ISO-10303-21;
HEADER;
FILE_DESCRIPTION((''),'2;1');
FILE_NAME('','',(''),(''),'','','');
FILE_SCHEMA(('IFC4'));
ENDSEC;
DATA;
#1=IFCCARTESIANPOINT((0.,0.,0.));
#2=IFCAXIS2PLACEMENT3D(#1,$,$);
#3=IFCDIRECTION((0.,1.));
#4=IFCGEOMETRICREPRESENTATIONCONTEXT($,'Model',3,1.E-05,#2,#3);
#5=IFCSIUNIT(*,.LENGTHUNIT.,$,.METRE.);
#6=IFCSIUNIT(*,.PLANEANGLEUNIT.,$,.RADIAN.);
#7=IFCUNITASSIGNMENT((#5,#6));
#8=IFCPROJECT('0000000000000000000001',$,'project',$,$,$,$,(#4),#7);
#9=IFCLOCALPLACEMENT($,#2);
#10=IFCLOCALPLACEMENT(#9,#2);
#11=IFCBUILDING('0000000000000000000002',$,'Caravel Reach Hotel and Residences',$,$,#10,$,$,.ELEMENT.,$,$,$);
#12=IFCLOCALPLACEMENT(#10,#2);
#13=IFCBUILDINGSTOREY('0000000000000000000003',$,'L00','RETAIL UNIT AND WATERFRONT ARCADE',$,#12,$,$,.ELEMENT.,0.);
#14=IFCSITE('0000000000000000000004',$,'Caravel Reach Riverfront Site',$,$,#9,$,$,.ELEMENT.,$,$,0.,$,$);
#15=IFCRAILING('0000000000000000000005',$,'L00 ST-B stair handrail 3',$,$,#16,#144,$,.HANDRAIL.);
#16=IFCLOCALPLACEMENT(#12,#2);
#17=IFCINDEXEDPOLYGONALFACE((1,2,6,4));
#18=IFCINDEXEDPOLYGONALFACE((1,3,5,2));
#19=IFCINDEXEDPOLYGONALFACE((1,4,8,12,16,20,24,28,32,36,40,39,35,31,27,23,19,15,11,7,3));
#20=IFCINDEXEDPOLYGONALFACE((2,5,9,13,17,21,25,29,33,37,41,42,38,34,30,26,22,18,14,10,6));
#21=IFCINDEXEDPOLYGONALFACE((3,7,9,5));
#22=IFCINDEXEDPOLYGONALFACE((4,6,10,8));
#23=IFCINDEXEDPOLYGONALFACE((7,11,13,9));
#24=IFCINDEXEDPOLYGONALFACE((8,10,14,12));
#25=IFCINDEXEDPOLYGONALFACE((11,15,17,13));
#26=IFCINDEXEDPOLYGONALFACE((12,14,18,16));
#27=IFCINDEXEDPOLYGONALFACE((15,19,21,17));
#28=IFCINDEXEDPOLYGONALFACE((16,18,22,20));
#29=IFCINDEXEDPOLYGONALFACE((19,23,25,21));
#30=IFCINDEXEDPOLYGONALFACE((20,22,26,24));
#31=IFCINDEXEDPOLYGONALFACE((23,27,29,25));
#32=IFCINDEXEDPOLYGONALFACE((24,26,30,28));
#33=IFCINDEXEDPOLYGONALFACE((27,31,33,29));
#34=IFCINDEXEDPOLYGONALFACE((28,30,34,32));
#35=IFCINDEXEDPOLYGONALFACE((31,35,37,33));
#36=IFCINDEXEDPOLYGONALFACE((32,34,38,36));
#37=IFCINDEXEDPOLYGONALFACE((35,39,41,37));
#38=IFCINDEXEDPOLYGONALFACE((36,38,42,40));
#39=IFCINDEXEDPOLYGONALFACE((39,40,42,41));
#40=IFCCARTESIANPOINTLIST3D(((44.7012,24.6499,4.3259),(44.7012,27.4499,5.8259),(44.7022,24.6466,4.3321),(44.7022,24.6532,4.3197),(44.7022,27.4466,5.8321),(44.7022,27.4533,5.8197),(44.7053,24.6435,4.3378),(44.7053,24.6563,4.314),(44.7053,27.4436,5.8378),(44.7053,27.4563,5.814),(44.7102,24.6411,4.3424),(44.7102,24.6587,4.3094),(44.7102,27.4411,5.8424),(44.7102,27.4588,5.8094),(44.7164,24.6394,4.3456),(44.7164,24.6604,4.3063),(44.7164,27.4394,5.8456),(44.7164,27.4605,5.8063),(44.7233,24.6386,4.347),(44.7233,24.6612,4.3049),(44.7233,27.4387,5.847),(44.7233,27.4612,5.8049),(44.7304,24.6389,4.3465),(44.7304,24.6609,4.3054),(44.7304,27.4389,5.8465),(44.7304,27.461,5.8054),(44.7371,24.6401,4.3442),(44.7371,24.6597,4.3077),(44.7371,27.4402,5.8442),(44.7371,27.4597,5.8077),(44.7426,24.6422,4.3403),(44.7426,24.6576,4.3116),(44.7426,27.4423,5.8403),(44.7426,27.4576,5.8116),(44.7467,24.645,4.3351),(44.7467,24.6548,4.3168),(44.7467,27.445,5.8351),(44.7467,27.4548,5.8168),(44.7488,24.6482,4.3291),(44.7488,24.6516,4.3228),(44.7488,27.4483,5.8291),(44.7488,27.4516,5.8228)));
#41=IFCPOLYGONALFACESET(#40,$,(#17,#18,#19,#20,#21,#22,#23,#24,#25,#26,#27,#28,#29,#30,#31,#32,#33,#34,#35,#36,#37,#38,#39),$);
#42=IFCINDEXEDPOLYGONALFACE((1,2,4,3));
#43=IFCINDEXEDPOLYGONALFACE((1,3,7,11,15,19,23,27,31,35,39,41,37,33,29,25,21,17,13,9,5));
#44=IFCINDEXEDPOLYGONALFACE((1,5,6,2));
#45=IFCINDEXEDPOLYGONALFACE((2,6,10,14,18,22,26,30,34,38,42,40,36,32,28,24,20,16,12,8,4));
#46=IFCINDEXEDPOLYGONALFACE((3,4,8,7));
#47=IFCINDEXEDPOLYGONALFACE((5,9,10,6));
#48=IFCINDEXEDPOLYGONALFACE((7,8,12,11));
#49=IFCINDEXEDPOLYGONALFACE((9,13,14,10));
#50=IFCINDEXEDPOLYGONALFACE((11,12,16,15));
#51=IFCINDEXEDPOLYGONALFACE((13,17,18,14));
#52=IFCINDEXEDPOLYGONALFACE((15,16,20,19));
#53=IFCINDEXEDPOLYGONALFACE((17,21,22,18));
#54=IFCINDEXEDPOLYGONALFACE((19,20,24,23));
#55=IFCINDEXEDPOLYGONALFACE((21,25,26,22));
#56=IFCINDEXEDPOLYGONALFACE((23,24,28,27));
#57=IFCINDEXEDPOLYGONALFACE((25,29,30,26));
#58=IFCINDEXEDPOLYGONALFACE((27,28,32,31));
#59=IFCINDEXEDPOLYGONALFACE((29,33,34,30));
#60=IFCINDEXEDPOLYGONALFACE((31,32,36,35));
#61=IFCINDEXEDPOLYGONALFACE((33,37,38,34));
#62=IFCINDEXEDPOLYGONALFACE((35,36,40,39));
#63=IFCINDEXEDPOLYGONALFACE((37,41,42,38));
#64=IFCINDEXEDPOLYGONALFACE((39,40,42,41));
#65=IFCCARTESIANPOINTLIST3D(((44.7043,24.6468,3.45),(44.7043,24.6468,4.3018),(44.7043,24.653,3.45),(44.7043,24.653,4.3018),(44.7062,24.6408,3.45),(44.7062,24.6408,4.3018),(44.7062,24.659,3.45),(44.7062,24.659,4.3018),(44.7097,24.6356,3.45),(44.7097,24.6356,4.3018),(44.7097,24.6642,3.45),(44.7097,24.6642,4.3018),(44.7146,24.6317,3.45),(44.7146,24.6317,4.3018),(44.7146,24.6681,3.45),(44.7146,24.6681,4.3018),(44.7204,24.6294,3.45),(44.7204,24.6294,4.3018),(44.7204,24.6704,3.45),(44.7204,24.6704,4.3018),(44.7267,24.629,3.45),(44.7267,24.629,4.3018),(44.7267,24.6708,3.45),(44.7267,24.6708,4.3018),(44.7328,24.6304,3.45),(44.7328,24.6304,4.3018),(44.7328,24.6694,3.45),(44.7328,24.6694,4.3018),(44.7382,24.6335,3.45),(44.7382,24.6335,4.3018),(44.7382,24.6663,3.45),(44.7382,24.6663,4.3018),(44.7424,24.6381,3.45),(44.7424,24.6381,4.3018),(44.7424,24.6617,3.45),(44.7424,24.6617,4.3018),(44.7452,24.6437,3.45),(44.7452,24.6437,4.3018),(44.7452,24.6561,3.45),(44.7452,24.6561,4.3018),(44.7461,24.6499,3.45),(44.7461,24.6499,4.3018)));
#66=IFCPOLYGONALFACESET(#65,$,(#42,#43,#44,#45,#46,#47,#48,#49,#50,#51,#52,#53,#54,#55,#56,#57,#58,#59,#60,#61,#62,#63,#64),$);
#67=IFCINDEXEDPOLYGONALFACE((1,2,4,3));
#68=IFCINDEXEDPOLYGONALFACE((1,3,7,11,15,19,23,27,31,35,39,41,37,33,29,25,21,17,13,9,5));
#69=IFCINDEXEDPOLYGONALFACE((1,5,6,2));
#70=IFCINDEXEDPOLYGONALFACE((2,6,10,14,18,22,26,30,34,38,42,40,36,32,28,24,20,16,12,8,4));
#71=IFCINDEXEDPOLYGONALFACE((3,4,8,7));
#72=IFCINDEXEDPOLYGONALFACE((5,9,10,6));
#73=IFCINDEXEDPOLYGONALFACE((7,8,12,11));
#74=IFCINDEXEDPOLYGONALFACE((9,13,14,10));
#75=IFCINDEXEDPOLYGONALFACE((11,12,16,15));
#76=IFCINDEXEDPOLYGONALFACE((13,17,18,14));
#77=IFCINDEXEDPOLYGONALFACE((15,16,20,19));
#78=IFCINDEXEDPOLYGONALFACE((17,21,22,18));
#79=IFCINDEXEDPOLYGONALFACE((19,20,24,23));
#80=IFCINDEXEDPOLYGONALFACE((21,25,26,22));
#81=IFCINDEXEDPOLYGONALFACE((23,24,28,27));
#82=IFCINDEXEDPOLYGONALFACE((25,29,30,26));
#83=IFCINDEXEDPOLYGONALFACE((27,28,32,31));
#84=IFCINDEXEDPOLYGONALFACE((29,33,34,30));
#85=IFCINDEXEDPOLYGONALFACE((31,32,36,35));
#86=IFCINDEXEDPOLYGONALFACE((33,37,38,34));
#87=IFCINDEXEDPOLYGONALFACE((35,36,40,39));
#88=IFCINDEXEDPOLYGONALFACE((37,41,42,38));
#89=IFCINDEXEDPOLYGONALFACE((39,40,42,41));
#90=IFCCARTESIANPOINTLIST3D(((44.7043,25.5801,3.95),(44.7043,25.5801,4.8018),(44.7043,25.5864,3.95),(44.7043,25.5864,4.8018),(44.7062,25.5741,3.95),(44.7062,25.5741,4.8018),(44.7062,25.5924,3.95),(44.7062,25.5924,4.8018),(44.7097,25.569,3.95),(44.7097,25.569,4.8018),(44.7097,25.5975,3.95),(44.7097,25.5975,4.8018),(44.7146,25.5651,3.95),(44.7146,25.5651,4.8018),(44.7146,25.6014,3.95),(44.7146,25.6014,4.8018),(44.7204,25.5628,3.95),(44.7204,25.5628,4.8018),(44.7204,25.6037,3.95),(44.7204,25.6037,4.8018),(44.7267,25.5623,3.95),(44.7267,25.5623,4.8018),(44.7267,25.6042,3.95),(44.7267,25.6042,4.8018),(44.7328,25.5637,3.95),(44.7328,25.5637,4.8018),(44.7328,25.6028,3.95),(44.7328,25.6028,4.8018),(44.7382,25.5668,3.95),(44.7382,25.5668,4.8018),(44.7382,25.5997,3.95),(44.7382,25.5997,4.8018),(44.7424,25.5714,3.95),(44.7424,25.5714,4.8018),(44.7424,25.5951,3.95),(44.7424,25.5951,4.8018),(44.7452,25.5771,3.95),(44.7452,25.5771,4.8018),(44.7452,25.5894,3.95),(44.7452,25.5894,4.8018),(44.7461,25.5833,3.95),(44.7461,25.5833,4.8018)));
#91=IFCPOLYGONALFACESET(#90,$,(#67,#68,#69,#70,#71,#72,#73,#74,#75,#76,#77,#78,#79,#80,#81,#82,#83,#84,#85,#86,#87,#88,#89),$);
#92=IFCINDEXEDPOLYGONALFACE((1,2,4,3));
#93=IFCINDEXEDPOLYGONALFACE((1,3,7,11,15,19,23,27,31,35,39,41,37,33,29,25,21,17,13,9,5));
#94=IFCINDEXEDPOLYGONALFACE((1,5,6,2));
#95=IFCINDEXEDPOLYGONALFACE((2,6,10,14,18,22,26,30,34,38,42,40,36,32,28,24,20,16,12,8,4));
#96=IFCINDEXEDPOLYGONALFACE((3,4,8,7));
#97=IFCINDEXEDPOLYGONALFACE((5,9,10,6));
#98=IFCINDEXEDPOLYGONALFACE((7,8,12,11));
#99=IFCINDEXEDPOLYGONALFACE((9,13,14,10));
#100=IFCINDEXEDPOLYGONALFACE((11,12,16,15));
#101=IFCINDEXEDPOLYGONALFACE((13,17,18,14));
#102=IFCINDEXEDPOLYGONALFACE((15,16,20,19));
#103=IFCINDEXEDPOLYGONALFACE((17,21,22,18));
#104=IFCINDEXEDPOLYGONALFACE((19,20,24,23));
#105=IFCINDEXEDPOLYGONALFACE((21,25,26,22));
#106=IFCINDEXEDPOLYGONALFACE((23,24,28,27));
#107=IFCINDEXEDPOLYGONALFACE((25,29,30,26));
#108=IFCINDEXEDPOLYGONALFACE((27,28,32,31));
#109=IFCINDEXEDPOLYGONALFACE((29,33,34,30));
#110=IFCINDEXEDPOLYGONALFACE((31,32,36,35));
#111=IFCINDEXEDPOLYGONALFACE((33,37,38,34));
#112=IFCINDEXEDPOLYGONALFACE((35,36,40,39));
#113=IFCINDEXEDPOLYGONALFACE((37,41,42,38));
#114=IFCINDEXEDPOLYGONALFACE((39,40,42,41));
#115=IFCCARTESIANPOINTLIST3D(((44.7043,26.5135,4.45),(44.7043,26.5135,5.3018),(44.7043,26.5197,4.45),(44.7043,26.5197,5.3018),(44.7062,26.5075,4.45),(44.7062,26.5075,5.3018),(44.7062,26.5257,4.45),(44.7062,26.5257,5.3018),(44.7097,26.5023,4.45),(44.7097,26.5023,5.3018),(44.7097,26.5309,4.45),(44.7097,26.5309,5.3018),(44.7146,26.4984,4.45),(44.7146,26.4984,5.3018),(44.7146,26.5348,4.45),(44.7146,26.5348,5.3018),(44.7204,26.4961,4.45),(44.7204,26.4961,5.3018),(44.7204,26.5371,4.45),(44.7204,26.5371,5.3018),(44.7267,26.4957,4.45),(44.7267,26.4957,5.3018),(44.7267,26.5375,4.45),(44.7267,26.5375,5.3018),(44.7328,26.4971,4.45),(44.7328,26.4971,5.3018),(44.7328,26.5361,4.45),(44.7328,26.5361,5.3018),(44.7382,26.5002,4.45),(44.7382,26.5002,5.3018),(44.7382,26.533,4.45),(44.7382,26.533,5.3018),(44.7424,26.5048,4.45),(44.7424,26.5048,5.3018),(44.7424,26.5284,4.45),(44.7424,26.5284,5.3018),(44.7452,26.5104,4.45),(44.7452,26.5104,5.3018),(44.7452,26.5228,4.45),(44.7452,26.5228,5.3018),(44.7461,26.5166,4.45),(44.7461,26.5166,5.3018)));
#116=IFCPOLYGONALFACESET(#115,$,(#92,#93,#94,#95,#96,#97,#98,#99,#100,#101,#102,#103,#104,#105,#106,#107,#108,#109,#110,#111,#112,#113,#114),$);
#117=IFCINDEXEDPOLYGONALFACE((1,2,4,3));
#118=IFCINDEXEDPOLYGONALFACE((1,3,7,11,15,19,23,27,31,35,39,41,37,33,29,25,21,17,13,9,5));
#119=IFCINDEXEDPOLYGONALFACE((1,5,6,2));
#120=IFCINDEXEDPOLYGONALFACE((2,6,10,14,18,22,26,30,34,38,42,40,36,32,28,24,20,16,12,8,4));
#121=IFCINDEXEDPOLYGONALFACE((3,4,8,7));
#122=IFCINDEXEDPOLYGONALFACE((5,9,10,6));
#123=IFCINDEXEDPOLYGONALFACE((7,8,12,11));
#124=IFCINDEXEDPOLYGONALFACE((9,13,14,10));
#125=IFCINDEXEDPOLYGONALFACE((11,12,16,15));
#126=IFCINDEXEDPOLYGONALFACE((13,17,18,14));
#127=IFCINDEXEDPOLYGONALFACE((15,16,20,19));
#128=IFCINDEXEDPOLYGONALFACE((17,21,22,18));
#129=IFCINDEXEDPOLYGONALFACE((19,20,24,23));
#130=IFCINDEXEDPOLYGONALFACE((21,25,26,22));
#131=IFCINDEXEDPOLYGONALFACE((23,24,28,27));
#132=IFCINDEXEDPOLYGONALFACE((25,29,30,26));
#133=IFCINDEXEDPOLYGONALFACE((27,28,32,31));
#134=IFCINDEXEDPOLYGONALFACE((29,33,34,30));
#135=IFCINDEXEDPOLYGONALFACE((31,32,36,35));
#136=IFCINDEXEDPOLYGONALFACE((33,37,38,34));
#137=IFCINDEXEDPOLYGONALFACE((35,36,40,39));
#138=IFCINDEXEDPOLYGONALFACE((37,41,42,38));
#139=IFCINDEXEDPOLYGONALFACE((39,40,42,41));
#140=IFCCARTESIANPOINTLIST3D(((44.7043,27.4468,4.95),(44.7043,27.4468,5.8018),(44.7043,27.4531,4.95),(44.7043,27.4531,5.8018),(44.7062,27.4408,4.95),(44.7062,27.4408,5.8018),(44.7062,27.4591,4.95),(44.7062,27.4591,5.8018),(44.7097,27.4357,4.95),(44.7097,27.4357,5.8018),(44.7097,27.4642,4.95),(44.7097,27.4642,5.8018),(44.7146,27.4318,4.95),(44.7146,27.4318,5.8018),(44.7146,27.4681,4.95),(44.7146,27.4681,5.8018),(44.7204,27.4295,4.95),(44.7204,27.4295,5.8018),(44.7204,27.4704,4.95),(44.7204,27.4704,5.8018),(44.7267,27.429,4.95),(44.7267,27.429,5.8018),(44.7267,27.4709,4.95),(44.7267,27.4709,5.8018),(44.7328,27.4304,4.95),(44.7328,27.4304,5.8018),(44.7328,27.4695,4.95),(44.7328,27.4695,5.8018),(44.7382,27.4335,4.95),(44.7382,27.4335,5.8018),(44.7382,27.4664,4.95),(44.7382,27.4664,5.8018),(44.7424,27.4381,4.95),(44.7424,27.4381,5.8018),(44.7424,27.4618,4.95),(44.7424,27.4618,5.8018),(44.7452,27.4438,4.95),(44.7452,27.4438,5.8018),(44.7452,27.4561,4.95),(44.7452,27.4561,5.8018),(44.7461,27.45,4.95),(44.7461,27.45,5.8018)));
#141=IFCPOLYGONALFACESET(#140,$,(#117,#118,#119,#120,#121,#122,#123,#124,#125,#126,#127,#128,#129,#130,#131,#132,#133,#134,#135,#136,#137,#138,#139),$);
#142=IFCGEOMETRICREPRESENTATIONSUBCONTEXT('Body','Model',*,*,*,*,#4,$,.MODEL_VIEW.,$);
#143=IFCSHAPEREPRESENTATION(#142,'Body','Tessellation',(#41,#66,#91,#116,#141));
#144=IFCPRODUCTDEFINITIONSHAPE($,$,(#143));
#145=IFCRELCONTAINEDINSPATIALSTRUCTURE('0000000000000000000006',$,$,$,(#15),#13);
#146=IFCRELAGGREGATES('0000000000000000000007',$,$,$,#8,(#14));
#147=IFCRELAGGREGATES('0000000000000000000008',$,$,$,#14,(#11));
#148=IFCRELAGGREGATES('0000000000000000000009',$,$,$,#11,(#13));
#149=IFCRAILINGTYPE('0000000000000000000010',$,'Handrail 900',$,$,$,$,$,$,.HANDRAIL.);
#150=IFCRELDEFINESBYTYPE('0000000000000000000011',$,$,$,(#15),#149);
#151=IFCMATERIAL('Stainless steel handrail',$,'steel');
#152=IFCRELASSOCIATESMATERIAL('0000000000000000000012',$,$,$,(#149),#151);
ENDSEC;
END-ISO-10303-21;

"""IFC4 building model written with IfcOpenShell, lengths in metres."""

from ifc_helpers import new_model, si_unit, direction, frame, origin, origin_2d, place, context, subcontext, project, spatial, circle, extrude, material, type_object, element, save


model = new_model("IFC4")

# Units and contexts
model_context = context("Model", 3, precision=1e-05, world=origin(), true_north=direction((0.0, 1.0)))
body_context = subcontext(model_context, "Body", "Model", "MODEL_VIEW")
ifc_project = project(units=[si_unit("LENGTHUNIT", "METRE"), si_unit("PLANEANGLEUNIT", "RADIAN")], contexts=[model_context])

# Site, building, storey
site_placement = place(None, origin())
site = spatial("IfcSite", under=ifc_project, at=site_placement, Name="Caravel Reach Riverfront Site", CompositionType="ELEMENT", RefElevation=0.0)
building_placement = place(site_placement, origin())
building = spatial("IfcBuilding", under=site, at=building_placement, Name="Caravel Reach Hotel and Residences", CompositionType="ELEMENT")
storey_placement = place(building_placement, origin())
storey = spatial("IfcBuildingStorey", under=building, at=storey_placement, Name="L00", Description="RETAIL UNIT AND WATERFRONT ARCADE", CompositionType="ELEMENT", Elevation=0.0)

# Railing
ifc_material_1 = material(Name="Stainless steel handrail", Category="steel")
railing_type_1 = type_object("IfcRailingType", Name="Handrail 900", PredefinedType="HANDRAIL", material=ifc_material_1)
for number, where, name in (
    (1, (44.7251, 24.6499, 3.45), "L00 ST-B stair handrail 3"),
):
    element("IfcRailing", number, at=place(storey_placement, frame(where)), inside=storey, type_object=railing_type_1, Name=name, PredefinedType="HANDRAIL", context=body_context, shape_type="SweptSolid", body=[
        extrude(circle(Radius=0.0239, at=origin_2d()), frame((0.0, 0.0, 0.876), z_axis=(0.0, 0.881483, 0.472215), x_axis=(-1.0, 0.0, 0.0)), (0.0, 0.0, 1.0), 3.1765),
        extrude(circle(Radius=0.021, at=origin_2d()), origin(), (0.0, 0.0, 1.0), 0.8518),
        extrude(circle(Radius=0.021, at=origin_2d()), frame((0.0, 0.9333, 0.5)), (0.0, 0.0, 1.0), 0.8518),
        extrude(circle(Radius=0.021, at=origin_2d()), frame((0.0, 1.8667, 1.0)), (0.0, 0.0, 1.0), 0.8518),
        extrude(circle(Radius=0.021, at=origin_2d()), frame((0.0, 2.8, 1.5)), (0.0, 0.0, 1.0), 0.8518),
    ])

save(model, "model.ifc")
